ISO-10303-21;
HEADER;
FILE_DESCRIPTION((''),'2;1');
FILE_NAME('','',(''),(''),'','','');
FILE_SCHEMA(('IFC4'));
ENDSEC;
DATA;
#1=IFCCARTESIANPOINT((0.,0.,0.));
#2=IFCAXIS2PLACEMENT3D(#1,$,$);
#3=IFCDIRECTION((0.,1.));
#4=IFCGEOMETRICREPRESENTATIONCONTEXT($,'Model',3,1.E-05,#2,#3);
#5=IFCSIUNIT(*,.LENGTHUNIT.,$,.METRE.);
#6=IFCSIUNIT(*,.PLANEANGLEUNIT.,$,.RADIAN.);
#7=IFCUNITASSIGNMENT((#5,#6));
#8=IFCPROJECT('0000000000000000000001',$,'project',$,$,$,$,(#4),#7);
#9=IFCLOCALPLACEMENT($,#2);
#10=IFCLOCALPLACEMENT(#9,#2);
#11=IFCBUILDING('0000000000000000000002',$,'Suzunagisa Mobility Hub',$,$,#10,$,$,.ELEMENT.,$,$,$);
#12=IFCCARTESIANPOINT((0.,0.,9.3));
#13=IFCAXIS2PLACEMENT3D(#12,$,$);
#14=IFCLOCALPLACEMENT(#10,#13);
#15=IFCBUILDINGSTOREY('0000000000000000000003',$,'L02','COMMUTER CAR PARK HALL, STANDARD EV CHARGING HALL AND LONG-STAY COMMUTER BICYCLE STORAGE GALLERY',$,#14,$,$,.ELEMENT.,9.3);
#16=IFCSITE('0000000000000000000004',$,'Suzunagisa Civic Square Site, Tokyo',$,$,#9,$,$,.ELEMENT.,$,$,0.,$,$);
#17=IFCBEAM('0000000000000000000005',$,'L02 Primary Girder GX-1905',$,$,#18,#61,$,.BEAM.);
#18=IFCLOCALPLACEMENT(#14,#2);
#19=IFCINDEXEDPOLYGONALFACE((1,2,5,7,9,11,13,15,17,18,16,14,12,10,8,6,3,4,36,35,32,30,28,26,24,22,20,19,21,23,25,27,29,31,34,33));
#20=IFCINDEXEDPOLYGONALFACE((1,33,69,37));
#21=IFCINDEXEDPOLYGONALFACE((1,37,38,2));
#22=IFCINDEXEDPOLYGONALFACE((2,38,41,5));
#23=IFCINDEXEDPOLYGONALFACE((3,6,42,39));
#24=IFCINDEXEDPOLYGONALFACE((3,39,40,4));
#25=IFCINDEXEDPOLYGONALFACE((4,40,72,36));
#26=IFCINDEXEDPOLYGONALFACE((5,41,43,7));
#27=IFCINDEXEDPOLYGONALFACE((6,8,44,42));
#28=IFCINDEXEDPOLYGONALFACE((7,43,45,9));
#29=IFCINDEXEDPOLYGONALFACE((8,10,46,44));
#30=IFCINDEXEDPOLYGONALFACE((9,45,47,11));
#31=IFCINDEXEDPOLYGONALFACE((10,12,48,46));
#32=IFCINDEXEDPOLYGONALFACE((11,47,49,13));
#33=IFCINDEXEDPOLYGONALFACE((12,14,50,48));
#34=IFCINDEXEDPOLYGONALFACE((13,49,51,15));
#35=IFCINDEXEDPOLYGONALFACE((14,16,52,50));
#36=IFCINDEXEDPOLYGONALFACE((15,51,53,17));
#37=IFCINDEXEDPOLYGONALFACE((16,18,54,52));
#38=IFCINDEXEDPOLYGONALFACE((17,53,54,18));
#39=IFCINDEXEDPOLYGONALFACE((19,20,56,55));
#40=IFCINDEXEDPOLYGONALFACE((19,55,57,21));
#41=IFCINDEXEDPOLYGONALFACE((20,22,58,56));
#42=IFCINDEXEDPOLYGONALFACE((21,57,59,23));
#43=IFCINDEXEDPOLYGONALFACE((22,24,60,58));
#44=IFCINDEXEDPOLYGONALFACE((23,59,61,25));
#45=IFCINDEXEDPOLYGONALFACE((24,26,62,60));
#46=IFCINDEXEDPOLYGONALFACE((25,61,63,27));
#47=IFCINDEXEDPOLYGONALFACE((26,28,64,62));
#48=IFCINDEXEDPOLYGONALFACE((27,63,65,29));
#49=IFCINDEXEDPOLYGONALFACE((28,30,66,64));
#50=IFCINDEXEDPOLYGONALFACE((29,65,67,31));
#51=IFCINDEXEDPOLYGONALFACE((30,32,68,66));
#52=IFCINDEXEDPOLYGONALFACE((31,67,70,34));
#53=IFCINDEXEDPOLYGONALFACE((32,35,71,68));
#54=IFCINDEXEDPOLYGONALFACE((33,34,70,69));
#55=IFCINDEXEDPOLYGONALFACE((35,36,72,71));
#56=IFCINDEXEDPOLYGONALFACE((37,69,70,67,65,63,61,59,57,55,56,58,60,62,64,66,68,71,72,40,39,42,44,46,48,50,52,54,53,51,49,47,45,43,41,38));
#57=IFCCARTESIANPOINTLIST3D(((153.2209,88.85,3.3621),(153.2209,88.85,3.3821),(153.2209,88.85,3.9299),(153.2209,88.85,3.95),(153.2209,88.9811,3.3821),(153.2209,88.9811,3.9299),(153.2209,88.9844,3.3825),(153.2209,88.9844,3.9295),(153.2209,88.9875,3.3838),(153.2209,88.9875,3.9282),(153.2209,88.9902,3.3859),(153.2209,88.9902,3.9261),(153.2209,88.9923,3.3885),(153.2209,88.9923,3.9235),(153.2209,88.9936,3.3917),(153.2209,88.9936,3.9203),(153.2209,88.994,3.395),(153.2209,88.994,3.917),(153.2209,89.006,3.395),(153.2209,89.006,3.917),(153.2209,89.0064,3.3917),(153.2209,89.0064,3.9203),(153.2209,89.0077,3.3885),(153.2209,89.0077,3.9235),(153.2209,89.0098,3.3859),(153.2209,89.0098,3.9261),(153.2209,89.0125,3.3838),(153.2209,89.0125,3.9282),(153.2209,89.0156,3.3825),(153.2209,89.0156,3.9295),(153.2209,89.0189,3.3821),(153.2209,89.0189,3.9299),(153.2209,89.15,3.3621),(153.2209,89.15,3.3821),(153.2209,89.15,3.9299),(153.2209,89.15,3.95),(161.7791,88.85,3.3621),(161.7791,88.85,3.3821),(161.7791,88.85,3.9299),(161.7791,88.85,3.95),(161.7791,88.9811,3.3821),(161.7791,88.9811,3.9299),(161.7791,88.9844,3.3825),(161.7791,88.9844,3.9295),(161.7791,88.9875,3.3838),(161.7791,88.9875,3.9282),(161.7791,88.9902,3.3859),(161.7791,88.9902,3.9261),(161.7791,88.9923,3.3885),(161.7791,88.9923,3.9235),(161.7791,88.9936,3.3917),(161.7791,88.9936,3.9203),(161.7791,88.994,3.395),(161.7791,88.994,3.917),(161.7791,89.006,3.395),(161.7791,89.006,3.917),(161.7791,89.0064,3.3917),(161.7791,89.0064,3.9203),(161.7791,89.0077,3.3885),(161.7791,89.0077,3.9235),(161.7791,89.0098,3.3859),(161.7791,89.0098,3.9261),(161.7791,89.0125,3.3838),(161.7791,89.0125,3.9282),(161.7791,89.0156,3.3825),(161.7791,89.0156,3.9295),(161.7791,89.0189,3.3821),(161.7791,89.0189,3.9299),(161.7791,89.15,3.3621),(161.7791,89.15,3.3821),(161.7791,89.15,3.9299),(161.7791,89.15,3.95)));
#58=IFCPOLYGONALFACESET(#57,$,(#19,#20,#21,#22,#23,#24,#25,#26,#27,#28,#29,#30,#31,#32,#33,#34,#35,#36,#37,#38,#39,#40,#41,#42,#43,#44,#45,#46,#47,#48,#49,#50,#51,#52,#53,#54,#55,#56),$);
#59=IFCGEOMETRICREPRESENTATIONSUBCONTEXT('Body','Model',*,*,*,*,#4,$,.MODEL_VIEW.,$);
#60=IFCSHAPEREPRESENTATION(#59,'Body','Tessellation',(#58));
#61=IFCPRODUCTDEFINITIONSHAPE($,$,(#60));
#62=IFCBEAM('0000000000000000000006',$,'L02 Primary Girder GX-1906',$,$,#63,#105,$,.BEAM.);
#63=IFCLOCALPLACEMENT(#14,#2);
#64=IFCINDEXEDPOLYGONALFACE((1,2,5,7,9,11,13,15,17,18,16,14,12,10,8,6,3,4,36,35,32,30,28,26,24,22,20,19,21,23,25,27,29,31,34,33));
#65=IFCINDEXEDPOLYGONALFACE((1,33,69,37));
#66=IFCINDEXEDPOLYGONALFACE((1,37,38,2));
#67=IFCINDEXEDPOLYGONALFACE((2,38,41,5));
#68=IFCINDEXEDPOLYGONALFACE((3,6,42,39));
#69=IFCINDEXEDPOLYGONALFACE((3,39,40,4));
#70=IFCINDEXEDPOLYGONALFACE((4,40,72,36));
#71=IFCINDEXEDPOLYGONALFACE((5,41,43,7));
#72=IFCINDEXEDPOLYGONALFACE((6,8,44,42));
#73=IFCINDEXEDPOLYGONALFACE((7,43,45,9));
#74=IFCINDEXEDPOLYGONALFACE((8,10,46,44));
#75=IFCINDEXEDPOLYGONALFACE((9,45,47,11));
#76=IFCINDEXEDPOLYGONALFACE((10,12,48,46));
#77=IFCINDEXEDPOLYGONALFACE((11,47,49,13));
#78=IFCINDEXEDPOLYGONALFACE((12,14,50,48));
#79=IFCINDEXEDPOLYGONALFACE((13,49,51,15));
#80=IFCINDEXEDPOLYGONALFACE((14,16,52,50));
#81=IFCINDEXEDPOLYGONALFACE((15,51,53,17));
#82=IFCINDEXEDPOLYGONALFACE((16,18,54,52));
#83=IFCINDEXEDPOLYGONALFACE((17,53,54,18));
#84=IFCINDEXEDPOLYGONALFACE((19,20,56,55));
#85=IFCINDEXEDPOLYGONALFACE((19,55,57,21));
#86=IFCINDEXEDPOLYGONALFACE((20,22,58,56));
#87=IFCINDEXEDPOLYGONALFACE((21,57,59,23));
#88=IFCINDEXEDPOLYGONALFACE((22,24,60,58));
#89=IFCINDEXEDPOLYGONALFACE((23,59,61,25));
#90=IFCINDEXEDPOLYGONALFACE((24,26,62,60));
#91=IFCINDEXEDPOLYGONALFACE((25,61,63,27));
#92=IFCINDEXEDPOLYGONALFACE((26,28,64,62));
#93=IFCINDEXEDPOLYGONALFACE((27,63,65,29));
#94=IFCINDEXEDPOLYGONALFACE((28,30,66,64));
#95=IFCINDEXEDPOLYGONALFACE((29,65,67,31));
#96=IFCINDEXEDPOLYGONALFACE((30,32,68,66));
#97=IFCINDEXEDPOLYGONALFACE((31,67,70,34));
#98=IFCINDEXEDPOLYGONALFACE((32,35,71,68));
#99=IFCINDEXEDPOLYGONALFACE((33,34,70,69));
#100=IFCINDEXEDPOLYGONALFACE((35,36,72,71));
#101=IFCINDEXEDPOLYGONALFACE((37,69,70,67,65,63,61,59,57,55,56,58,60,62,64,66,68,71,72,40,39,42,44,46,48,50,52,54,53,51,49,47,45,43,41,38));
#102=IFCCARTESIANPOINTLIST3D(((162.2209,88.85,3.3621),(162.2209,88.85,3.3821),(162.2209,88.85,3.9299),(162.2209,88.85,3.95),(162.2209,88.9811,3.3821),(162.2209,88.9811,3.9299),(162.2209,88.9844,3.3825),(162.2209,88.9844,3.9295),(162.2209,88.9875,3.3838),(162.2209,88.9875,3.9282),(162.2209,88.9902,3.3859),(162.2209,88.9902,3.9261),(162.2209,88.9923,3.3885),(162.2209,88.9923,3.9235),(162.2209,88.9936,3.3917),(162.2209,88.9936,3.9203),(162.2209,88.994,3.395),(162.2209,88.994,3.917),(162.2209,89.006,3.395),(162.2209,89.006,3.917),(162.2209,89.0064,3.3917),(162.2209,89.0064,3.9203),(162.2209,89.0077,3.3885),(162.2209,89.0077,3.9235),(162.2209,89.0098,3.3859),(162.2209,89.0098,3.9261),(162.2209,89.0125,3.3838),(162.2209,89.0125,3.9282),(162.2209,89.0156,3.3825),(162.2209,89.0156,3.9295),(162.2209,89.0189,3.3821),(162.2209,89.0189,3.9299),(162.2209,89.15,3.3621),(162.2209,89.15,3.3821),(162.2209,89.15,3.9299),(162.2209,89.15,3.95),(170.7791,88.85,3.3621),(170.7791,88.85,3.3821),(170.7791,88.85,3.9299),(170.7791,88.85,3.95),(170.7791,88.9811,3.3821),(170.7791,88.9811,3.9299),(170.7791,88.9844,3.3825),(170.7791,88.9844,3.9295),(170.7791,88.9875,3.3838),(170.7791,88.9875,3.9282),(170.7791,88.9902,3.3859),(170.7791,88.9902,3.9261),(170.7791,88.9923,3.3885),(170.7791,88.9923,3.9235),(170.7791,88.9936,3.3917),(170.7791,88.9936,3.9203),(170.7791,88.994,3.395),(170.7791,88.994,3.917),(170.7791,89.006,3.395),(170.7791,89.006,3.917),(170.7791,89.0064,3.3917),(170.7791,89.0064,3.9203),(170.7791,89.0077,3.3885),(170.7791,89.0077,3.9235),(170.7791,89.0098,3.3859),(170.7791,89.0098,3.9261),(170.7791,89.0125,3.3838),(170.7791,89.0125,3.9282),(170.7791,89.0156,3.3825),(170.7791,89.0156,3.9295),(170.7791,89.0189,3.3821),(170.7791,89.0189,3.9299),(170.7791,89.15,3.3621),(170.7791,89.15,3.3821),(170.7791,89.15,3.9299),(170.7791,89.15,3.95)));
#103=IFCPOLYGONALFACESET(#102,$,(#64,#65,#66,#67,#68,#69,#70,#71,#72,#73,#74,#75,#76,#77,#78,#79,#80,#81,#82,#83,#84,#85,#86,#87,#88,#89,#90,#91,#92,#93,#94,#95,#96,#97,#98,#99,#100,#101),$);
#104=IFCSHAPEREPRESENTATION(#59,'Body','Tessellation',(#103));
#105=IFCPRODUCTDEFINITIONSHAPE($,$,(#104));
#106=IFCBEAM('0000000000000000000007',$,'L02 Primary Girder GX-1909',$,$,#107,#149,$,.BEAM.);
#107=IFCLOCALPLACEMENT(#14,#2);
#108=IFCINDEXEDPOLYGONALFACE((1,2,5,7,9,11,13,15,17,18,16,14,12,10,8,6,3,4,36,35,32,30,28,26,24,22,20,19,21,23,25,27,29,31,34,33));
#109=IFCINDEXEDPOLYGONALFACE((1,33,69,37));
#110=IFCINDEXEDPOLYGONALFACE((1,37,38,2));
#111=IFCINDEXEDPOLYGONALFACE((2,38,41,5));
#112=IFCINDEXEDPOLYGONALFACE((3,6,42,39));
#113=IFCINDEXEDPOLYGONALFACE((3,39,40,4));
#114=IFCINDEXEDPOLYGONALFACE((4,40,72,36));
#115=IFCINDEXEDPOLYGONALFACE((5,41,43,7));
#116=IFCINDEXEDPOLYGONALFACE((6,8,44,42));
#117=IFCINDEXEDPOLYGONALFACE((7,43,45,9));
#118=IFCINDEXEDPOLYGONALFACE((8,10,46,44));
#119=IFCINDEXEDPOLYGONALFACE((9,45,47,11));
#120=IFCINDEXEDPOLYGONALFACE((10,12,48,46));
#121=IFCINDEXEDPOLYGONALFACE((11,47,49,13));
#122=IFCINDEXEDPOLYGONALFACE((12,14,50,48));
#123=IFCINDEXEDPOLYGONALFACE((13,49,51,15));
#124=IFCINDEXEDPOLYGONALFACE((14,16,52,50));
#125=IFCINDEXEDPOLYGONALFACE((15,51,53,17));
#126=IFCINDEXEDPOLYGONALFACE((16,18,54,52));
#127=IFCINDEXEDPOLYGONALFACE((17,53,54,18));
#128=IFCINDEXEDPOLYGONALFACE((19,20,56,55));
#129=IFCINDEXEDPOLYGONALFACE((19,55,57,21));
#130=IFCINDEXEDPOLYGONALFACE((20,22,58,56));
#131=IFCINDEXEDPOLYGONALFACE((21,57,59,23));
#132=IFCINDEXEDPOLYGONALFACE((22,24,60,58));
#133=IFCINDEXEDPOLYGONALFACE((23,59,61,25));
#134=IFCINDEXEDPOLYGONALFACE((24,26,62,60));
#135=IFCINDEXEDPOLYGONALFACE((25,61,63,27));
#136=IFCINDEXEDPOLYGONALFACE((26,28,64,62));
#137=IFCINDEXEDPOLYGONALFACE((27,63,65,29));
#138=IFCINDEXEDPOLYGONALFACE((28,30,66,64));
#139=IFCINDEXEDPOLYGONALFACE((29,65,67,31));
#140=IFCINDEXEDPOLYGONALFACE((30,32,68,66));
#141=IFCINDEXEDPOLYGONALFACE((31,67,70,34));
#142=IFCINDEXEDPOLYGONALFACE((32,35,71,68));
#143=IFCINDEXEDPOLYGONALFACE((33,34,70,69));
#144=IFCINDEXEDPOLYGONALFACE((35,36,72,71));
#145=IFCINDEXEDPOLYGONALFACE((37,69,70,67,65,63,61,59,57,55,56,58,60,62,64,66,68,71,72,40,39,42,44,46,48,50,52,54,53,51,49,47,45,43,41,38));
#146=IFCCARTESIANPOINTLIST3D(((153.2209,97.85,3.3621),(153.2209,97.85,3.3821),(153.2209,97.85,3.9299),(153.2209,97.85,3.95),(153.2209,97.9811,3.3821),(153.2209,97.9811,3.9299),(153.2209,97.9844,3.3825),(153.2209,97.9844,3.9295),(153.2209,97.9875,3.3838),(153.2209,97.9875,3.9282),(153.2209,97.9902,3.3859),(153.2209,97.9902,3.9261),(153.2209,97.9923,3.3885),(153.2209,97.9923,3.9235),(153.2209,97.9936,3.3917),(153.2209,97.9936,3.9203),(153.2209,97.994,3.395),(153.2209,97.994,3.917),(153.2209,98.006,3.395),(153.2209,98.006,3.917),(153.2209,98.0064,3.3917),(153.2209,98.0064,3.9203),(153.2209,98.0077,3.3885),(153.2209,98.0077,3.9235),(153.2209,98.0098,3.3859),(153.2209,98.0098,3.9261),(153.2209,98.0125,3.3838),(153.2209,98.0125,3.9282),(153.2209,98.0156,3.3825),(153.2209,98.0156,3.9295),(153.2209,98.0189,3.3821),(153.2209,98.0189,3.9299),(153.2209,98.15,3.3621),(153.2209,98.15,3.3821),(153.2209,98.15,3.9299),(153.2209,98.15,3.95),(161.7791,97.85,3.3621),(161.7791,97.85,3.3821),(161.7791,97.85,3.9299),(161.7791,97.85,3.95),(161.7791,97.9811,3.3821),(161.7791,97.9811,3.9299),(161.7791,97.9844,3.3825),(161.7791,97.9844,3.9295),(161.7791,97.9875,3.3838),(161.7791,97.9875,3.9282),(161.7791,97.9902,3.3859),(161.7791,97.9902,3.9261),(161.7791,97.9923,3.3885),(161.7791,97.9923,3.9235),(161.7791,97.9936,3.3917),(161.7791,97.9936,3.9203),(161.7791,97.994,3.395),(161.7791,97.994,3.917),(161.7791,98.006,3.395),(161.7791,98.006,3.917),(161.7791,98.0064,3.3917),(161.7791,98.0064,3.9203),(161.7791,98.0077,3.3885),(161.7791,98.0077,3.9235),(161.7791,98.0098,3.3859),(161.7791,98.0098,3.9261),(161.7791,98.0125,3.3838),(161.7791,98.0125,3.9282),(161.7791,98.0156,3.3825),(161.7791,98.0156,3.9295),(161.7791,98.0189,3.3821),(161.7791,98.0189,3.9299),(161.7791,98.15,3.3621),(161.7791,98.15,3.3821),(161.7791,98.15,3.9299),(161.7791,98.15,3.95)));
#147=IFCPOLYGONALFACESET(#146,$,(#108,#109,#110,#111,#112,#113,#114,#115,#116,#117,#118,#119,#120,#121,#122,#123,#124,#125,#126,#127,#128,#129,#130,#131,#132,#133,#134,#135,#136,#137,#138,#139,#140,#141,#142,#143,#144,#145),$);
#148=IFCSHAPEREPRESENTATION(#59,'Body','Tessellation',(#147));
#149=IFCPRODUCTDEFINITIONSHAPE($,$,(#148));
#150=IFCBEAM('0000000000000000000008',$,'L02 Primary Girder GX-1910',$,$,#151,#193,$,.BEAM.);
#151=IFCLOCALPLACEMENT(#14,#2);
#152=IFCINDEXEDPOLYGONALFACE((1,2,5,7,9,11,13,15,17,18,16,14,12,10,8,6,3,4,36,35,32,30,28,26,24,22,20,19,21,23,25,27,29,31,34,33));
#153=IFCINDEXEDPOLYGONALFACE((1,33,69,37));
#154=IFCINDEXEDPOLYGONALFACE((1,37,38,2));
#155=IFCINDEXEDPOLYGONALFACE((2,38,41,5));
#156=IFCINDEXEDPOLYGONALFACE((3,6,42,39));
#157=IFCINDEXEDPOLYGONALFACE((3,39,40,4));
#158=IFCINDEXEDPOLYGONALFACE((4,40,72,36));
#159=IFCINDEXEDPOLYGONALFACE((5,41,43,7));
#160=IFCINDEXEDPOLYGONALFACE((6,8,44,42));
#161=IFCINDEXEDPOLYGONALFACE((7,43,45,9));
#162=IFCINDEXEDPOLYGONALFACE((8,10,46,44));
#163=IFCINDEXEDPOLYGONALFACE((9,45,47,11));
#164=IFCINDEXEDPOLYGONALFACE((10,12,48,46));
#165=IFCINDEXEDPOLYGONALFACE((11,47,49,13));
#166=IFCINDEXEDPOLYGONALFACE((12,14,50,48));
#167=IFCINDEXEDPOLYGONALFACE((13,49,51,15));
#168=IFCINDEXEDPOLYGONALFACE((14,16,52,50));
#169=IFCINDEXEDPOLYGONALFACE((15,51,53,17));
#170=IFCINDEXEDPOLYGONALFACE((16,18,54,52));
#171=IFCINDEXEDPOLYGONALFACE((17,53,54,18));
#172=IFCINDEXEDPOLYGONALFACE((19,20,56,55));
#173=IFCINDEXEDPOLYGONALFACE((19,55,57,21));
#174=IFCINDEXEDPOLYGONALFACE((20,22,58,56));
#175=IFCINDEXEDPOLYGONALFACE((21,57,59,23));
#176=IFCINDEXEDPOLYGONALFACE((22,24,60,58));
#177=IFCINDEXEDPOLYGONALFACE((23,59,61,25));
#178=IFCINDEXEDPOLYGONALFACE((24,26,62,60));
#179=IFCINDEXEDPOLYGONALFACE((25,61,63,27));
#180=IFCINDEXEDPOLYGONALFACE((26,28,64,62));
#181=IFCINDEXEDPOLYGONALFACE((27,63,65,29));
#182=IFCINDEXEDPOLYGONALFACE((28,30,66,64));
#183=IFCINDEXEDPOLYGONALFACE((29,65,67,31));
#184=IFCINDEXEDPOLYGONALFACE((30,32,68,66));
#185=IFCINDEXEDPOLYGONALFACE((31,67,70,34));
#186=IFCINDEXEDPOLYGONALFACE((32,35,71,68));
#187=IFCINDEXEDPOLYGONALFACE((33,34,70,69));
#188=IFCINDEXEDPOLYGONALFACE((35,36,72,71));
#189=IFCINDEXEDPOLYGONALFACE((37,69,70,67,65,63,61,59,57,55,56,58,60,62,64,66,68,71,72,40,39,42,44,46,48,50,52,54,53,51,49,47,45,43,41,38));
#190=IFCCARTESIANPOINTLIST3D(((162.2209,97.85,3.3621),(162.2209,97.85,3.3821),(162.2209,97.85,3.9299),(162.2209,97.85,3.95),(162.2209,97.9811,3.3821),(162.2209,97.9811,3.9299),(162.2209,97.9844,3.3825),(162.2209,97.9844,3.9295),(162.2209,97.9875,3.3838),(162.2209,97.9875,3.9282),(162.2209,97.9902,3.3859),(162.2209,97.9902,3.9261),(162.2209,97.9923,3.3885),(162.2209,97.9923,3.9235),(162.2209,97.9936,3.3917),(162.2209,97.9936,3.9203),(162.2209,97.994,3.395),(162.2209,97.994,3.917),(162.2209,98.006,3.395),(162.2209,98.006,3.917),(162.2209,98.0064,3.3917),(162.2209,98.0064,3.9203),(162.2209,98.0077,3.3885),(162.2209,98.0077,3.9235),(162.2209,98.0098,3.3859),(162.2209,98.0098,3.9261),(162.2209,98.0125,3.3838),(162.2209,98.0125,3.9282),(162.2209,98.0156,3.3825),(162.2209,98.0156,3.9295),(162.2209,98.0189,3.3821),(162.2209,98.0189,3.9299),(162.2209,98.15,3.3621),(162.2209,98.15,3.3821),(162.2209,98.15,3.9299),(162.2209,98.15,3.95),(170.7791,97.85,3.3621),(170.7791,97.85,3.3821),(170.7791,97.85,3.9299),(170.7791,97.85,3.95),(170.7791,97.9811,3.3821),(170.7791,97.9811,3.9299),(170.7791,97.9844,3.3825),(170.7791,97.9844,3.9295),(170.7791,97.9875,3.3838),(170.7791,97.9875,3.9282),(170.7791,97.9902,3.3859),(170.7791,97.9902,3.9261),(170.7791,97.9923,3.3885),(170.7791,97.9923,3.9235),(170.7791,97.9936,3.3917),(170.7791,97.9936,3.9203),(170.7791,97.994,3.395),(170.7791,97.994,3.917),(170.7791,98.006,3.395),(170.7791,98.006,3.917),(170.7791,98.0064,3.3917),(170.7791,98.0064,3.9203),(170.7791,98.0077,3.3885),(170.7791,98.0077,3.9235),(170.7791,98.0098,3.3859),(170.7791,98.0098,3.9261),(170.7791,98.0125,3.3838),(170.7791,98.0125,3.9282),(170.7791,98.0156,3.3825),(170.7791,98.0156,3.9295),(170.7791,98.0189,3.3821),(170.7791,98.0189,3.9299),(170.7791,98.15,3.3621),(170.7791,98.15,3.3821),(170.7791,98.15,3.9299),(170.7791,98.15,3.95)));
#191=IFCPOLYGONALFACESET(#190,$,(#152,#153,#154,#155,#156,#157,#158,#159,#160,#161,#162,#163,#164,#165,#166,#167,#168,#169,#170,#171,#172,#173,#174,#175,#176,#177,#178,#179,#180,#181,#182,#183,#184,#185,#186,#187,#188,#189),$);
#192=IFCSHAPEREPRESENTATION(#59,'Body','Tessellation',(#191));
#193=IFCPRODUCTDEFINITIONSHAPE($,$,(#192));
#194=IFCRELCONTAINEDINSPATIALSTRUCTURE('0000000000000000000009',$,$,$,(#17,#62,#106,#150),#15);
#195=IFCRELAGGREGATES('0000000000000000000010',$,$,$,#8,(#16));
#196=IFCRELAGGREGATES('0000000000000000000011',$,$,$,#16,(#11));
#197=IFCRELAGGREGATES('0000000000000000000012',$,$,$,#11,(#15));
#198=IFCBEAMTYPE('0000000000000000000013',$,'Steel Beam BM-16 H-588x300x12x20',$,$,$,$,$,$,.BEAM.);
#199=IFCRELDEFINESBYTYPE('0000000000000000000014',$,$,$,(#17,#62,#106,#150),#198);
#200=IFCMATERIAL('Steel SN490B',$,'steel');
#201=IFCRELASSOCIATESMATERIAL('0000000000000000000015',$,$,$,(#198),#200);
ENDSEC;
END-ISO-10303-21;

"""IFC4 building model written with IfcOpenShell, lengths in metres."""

from ifc_helpers import new_model, si_unit, direction, frame, origin, origin_2d, place, context, subcontext, project, spatial, i_section, extrude, material, material_profile, profile_set, type_object, element, save


model = new_model("IFC4")

# Units and contexts
model_context = context("Model", 3, precision=1e-05, world=origin(), true_north=direction((0.0, 1.0)))
body_context = subcontext(model_context, "Body", "Model", "MODEL_VIEW")
ifc_project = project(units=[si_unit("LENGTHUNIT", "METRE"), si_unit("PLANEANGLEUNIT", "RADIAN")], contexts=[model_context])

# Site, building, storey
site_placement = place(None, origin())
site = spatial("IfcSite", under=ifc_project, at=site_placement, Name="Suzunagisa Civic Square Site, Tokyo", CompositionType="ELEMENT", RefElevation=0.0)
building_placement = place(site_placement, origin())
building = spatial("IfcBuilding", under=site, at=building_placement, Name="Suzunagisa Mobility Hub", CompositionType="ELEMENT")
storey_placement = place(building_placement, frame((0.0, 0.0, 9.3)))
storey = spatial("IfcBuildingStorey", under=building, at=storey_placement, Name="L02", Description="COMMUTER CAR PARK HALL, STANDARD EV CHARGING HALL AND LONG-STAY COMMUTER BICYCLE STORAGE GALLERY", CompositionType="ELEMENT", Elevation=9.3)

# Shared definitions
ifc_material_1 = material(Name="Steel SN490B", Category="steel")

# Beams
ifc_material_profile_1 = material_profile(ifc_material_1, i_section(OverallWidth=0.3, OverallDepth=0.5879, WebThickness=0.012, FlangeThickness=0.02, FilletRadius=0.0129, at=origin_2d()), Name="H-588x300x12x20")
ifc_profile_set_1 = profile_set([ifc_material_profile_1], Name="Steel SN490B")
beam_type_1 = type_object("IfcBeamType", Name="Steel Beam BM-16 H-588x300x12x20", PredefinedType="BEAM", material=ifc_profile_set_1)
for number, where, z_axis, x_axis, name in (
    (1, (153.2209, 89.0, 3.656), (1.0, 0.0, 0.0), (0.0, 1.0, 0.0), "L02 Primary Girder GX-1905"),
    (2, (162.2209, 89.0, 3.656), (1.0, 0.0, 0.0), (0.0, 1.0, 0.0), "L02 Primary Girder GX-1906"),
    (3, (153.2209, 98.0, 3.656), (1.0, 0.0, 0.0), (0.0, 1.0, 0.0), "L02 Primary Girder GX-1909"),
    (4, (162.2209, 98.0, 3.656), (1.0, 0.0, 0.0), (0.0, 1.0, 0.0), "L02 Primary Girder GX-1910"),
):
    element("IfcBeam", number, at=place(storey_placement, frame(where, z_axis=z_axis, x_axis=x_axis)), inside=storey, type_object=beam_type_1, Name=name, PredefinedType="BEAM", context=body_context, shape_type="SweptSolid", body=[
        extrude(i_section(OverallWidth=0.3, OverallDepth=0.5879, WebThickness=0.012, FlangeThickness=0.02, FilletRadius=0.0129, at=origin_2d()), origin(), (0.0, 0.0, 1.0), 8.5581),
    ])

save(model, "model.ifc")
